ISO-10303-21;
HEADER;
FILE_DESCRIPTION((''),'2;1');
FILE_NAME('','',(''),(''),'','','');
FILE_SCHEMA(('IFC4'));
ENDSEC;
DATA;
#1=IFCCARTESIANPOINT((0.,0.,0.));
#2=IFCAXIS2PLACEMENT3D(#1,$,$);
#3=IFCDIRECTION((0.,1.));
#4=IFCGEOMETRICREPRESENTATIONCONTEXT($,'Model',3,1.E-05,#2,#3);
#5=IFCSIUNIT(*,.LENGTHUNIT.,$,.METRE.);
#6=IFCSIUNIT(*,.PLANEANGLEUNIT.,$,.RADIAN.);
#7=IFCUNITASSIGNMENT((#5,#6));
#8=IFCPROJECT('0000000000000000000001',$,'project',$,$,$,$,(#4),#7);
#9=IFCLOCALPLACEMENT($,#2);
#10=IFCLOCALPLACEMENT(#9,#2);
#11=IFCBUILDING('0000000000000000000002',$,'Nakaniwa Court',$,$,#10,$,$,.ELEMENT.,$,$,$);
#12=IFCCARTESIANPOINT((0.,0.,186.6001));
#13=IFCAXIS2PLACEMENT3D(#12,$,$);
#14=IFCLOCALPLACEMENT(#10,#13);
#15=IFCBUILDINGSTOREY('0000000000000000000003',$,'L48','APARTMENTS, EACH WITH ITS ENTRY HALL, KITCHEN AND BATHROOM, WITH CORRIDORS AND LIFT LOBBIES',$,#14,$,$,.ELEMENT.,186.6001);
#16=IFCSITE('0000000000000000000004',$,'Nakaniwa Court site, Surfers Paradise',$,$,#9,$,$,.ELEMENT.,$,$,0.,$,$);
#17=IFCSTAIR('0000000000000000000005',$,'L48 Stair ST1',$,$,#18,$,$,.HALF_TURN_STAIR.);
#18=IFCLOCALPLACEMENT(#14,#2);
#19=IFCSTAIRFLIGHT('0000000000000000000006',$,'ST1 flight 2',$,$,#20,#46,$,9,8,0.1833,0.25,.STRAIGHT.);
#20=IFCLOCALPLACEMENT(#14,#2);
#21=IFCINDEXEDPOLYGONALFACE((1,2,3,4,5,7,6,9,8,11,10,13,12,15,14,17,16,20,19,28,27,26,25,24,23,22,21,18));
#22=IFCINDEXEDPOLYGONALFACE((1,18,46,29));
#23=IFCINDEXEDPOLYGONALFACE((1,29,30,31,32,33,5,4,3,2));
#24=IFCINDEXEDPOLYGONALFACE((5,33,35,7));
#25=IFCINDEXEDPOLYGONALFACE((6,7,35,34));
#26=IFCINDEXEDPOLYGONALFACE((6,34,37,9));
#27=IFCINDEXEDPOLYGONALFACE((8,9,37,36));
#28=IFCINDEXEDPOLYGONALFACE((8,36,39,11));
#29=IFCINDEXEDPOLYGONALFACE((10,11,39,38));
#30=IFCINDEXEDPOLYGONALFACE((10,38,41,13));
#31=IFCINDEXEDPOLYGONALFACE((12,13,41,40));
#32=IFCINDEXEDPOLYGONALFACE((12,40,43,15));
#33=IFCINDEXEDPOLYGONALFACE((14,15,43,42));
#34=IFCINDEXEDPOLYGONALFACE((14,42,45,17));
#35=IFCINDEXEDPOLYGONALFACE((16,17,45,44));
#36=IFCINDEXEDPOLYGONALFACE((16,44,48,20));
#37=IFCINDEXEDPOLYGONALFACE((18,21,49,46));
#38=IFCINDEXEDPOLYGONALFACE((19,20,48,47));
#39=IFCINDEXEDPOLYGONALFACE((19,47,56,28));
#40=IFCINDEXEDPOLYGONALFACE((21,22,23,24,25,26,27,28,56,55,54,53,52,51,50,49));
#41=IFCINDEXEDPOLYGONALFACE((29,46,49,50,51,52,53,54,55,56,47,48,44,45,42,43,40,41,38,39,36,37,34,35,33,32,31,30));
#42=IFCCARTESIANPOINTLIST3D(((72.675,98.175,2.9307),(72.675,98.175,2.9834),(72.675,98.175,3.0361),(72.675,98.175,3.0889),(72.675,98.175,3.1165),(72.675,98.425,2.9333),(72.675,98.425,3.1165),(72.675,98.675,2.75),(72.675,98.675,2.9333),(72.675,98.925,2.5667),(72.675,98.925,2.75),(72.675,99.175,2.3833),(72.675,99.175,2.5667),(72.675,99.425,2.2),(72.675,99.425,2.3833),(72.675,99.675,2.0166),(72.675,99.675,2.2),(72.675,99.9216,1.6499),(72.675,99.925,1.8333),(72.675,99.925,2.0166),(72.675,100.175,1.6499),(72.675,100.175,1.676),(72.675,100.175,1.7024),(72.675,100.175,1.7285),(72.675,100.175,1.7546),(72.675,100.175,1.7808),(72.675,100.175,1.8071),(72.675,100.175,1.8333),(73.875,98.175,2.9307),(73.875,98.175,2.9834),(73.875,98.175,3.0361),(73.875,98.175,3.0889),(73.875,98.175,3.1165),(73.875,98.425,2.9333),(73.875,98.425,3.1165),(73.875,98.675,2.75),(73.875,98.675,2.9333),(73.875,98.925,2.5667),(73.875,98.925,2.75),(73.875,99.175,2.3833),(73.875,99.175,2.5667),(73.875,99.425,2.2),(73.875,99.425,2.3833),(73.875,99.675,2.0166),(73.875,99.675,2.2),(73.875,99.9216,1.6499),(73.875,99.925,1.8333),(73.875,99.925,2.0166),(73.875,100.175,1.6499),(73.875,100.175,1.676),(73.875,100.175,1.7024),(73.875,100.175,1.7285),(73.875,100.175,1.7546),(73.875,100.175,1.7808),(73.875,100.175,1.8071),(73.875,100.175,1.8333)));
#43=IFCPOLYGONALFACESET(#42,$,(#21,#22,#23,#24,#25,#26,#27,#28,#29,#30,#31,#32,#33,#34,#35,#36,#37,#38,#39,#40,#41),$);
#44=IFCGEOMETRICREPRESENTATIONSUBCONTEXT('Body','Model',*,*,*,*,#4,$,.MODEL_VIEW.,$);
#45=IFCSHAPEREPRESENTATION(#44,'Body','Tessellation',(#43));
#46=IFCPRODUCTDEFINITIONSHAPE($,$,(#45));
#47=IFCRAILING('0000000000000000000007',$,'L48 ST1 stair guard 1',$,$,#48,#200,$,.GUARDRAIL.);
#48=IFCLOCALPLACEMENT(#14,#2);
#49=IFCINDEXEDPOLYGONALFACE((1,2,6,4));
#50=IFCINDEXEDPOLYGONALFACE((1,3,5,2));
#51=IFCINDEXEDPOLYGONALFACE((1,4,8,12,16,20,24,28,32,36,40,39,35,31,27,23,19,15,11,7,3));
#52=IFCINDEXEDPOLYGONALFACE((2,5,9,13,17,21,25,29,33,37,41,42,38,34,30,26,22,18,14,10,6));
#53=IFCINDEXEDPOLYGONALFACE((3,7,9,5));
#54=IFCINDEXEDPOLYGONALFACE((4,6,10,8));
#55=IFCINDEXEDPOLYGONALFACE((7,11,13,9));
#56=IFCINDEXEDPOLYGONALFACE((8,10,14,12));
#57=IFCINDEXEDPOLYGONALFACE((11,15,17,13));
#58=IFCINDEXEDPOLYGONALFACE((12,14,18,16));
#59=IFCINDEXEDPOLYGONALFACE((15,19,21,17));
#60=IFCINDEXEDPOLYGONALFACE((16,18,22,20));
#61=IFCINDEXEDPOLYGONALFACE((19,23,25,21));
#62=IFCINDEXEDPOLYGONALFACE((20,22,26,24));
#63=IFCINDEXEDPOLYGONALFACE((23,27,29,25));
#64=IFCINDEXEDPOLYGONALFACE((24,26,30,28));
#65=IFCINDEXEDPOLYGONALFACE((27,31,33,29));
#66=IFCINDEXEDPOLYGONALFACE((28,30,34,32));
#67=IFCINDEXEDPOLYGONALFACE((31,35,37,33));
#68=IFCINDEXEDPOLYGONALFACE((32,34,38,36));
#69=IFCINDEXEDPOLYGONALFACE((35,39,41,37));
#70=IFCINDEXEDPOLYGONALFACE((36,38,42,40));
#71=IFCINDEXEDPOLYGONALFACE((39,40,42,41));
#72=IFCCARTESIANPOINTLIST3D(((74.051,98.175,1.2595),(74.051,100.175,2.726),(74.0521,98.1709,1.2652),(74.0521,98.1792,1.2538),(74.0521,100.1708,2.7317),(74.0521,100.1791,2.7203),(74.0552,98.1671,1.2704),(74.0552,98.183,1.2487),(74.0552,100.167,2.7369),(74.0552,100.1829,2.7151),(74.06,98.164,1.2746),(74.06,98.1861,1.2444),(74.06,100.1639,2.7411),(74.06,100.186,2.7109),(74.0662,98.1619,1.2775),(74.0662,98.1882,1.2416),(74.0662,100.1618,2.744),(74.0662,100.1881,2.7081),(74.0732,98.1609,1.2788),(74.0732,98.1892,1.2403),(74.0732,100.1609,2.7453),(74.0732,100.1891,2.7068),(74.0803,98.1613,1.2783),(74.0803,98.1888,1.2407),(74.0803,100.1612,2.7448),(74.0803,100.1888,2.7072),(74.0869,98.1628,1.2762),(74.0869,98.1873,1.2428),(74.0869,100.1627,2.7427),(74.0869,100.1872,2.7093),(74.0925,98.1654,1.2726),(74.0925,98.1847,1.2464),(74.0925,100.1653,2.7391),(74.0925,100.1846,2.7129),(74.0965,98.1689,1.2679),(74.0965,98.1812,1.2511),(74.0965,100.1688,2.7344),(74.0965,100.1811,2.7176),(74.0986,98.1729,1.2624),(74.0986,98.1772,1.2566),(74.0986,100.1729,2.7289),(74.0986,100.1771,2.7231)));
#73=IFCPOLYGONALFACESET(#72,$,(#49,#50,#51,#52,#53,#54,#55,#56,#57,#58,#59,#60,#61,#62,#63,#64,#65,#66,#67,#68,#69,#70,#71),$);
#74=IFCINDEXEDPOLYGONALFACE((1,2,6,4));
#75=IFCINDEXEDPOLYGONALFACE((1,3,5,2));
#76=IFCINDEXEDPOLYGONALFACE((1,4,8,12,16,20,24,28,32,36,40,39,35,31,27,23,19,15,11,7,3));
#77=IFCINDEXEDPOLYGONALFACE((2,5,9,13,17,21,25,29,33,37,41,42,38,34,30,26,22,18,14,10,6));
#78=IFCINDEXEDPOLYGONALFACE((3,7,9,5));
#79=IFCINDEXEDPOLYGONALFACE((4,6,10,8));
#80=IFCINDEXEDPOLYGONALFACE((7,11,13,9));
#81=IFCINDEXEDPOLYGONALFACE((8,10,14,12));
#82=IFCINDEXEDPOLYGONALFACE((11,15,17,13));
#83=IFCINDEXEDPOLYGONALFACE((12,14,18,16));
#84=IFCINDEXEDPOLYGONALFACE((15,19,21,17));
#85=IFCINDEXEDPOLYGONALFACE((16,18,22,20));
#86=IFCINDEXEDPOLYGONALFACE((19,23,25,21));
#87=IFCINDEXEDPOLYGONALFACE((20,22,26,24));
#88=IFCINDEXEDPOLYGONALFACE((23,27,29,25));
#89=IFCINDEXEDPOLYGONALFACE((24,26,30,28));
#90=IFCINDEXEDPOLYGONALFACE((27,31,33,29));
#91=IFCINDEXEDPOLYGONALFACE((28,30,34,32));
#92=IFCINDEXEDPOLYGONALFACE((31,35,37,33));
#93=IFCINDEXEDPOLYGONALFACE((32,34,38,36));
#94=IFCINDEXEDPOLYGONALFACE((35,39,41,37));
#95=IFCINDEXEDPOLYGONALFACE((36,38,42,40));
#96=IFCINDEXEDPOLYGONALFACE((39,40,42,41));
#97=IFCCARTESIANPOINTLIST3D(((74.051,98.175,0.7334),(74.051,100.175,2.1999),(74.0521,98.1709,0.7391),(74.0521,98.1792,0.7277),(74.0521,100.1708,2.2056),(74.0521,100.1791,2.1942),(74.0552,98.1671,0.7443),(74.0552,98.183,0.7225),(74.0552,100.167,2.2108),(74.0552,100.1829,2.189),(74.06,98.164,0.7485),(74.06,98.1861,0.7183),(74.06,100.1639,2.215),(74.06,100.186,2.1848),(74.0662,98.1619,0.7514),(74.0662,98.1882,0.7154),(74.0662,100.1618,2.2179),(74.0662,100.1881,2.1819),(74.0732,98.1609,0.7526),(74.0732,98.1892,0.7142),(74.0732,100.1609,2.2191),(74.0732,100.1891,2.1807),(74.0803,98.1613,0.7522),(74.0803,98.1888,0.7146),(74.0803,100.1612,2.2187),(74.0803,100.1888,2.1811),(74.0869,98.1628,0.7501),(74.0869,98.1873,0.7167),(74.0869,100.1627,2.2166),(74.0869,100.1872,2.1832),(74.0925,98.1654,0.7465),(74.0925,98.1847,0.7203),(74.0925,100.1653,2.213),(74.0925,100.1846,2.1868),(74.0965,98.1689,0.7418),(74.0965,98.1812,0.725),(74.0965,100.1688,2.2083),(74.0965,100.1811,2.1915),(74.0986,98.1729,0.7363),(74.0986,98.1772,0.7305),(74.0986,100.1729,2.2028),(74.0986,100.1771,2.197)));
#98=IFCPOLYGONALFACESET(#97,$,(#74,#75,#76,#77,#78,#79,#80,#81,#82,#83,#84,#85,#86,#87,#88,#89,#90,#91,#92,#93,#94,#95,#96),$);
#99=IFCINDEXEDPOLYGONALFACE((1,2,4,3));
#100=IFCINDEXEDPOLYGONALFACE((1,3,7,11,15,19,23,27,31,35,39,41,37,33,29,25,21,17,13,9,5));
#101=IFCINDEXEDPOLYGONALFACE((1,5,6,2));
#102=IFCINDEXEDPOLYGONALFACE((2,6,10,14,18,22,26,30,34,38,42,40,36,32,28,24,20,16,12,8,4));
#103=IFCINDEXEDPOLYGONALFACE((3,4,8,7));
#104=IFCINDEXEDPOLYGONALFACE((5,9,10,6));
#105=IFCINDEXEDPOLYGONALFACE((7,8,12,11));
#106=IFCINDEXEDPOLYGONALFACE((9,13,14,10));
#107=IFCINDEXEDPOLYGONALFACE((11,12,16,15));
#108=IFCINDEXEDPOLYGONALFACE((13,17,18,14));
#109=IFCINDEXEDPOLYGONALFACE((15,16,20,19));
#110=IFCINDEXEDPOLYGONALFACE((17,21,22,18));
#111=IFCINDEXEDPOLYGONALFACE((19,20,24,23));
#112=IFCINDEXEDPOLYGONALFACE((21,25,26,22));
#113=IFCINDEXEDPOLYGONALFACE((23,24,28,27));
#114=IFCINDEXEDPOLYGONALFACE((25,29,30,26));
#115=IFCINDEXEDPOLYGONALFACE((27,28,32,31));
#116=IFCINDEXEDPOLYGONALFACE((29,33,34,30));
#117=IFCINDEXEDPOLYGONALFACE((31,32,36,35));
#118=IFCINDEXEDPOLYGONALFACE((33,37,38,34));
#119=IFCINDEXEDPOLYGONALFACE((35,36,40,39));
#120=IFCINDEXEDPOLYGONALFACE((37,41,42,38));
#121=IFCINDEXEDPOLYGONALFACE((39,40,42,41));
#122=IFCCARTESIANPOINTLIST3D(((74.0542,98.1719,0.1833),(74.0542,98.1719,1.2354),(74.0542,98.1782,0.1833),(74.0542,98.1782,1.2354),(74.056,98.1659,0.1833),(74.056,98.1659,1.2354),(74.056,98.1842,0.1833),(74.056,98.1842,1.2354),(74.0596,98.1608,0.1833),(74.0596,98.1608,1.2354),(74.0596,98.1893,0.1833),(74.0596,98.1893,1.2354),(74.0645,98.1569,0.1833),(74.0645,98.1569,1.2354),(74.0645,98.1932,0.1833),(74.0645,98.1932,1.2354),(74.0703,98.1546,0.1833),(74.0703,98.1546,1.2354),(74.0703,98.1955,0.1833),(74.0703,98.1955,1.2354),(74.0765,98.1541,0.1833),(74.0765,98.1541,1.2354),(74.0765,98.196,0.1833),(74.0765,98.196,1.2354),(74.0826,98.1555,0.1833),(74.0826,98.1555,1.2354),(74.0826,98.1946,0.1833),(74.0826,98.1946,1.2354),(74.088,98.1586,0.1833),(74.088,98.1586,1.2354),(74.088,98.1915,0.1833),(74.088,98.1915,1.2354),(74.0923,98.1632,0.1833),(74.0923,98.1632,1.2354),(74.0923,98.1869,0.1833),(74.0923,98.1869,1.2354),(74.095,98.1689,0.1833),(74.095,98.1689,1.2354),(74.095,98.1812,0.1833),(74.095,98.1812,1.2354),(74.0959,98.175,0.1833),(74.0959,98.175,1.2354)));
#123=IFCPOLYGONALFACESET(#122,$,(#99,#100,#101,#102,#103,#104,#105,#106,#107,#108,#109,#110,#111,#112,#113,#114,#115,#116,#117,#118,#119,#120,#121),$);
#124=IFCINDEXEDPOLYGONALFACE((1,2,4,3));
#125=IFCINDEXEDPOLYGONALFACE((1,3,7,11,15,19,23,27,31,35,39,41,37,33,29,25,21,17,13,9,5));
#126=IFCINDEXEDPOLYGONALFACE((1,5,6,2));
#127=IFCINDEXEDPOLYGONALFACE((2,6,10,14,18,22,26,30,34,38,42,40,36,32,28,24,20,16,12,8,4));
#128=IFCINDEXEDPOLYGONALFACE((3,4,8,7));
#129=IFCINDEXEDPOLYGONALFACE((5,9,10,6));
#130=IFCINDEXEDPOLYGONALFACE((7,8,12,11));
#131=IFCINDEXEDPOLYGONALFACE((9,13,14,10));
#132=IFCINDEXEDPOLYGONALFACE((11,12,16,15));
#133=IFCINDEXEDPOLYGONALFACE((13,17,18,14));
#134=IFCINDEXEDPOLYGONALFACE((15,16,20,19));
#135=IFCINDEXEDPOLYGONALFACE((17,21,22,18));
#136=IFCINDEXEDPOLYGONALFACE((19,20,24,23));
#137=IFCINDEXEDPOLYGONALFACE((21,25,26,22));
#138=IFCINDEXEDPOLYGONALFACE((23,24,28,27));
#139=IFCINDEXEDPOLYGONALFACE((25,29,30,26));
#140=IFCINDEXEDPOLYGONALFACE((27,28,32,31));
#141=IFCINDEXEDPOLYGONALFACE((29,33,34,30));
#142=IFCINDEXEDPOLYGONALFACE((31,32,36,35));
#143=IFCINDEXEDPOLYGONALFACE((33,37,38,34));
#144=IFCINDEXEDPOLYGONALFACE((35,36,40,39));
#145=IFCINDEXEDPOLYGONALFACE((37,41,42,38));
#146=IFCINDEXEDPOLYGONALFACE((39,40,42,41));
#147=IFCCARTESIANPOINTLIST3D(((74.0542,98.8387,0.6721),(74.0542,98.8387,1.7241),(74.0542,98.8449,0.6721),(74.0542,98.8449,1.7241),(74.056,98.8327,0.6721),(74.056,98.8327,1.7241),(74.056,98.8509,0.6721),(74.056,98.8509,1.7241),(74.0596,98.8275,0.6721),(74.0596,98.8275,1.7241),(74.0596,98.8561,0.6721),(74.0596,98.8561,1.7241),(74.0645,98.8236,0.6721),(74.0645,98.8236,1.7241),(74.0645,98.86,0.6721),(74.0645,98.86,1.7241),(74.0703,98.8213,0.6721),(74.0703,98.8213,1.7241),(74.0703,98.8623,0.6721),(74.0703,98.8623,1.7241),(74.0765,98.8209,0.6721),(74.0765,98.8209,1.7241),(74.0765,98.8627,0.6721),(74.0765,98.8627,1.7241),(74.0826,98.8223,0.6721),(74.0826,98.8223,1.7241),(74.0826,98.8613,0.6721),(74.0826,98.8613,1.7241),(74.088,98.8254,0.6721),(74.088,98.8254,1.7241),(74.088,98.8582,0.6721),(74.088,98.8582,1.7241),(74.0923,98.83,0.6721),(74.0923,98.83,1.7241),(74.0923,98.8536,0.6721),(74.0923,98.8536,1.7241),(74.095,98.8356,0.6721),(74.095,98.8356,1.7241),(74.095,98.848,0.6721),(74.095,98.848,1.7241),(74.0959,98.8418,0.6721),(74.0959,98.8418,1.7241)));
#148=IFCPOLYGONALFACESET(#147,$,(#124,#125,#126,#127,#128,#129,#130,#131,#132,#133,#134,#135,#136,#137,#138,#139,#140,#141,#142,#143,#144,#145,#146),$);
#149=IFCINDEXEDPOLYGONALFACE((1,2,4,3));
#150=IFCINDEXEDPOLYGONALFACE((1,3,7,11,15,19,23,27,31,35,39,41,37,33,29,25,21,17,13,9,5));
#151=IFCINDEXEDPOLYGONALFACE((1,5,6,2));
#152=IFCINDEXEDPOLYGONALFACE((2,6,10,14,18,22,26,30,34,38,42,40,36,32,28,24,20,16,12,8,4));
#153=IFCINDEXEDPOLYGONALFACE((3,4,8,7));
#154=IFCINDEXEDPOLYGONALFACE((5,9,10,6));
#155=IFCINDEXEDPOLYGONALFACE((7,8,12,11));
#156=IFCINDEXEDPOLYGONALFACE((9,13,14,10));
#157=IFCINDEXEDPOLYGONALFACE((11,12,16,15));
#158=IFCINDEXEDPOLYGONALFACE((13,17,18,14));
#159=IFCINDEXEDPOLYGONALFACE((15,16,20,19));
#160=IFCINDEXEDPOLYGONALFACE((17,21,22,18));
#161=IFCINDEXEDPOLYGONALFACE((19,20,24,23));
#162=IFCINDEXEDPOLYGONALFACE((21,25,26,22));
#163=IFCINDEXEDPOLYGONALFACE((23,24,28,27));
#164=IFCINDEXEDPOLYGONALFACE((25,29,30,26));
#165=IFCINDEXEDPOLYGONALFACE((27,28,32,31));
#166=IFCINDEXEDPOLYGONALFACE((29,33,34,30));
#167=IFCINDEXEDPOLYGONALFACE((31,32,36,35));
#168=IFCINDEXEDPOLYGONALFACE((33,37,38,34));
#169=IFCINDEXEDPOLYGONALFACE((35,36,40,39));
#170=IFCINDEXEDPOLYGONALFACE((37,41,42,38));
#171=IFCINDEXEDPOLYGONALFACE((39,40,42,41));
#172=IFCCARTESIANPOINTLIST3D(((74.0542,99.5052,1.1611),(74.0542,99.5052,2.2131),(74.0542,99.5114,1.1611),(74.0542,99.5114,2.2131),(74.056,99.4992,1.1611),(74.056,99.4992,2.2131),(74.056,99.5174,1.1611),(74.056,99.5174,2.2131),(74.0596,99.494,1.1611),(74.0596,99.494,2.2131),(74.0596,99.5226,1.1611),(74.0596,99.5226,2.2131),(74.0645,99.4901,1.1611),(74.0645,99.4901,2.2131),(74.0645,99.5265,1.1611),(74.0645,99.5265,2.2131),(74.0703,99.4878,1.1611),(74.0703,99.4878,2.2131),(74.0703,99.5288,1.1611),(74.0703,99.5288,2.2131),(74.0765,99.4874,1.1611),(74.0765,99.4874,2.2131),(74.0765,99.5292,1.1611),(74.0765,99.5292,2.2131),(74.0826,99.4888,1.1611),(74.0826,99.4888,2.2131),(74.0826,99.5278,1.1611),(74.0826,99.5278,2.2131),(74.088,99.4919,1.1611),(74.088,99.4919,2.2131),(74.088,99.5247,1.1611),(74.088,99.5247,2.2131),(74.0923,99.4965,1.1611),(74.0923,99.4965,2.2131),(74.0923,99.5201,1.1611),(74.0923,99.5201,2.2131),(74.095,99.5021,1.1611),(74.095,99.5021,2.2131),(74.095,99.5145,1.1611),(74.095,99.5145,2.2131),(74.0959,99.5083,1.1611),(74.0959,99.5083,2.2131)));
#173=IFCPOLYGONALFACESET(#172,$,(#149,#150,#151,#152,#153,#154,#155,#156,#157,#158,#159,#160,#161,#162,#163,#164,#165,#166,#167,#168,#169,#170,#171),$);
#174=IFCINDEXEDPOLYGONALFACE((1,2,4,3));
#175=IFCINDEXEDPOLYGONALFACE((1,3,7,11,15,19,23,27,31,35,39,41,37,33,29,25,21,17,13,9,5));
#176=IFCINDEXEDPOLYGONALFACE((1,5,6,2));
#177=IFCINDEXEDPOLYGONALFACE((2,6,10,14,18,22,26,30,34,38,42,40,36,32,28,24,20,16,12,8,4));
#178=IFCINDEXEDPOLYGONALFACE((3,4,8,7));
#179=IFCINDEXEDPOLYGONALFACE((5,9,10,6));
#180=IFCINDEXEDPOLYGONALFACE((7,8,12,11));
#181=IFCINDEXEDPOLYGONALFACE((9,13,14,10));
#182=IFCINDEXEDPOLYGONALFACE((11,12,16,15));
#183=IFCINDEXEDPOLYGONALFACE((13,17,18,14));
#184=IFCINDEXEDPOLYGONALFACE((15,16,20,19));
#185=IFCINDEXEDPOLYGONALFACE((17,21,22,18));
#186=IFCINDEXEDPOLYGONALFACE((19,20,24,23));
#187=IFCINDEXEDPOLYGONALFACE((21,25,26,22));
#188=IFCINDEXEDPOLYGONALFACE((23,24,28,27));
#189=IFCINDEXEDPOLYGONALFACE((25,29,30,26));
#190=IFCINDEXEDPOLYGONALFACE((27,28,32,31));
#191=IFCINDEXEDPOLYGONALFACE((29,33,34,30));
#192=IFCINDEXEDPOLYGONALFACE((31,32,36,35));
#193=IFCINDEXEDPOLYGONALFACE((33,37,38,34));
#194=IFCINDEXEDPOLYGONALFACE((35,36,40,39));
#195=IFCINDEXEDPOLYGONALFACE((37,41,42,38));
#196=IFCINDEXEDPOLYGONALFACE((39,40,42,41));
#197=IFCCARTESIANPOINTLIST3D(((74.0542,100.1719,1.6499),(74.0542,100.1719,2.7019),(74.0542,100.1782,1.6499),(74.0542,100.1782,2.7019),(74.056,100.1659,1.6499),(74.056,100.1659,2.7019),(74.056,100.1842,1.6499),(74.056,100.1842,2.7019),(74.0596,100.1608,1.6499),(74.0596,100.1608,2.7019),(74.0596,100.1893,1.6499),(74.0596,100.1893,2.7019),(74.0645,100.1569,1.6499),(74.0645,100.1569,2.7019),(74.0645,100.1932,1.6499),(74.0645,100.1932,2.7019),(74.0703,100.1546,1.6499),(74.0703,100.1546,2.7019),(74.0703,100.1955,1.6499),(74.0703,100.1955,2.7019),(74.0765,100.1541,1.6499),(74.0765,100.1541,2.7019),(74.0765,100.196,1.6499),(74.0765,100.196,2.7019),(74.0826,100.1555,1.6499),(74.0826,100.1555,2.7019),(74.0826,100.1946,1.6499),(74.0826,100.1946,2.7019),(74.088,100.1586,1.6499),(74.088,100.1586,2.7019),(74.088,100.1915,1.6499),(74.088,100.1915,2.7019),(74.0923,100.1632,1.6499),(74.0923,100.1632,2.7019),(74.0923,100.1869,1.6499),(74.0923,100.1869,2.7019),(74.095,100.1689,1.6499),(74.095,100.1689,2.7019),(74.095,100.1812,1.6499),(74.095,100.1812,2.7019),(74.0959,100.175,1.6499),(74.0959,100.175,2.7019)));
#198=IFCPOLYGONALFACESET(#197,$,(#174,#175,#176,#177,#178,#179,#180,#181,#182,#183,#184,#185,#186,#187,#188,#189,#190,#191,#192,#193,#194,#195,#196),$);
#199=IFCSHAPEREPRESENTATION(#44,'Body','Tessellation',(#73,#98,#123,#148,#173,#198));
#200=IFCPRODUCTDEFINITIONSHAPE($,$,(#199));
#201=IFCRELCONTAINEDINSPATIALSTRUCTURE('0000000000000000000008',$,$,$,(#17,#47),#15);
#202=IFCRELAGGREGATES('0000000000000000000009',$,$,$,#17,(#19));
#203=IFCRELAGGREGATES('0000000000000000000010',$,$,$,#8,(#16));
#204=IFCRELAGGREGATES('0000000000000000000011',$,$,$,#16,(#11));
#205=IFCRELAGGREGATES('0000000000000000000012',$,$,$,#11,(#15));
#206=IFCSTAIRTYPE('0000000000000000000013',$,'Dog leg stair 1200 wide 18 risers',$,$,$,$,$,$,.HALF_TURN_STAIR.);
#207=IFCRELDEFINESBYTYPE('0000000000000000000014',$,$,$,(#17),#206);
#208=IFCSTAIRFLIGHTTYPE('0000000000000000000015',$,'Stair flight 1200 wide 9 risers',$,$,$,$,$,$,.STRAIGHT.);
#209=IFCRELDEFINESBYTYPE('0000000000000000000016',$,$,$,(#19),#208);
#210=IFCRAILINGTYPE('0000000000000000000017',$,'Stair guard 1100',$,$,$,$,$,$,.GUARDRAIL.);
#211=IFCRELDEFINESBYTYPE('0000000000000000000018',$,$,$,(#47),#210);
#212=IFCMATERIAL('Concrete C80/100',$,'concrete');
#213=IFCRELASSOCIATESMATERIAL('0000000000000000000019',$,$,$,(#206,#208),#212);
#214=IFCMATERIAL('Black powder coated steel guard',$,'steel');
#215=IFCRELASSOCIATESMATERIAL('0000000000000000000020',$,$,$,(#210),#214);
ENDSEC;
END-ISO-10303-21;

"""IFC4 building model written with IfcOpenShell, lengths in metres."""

from ifc_helpers import new_model, si_unit, direction, frame, origin, origin_2d, place, context, subcontext, project, spatial, polyline, circle, outline, extrude, material, type_object, element, aggregate, save


model = new_model("IFC4")

# Units and contexts
model_context = context("Model", 3, precision=1e-05, world=origin(), true_north=direction((0.0, 1.0)))
body_context = subcontext(model_context, "Body", "Model", "MODEL_VIEW")
ifc_project = project(units=[si_unit("LENGTHUNIT", "METRE"), si_unit("PLANEANGLEUNIT", "RADIAN")], contexts=[model_context])

# Site, building, storey
site_placement = place(None, origin())
site = spatial("IfcSite", under=ifc_project, at=site_placement, Name="Nakaniwa Court site, Surfers Paradise", CompositionType="ELEMENT", RefElevation=0.0)
building_placement = place(site_placement, origin())
building = spatial("IfcBuilding", under=site, at=building_placement, Name="Nakaniwa Court", CompositionType="ELEMENT")
storey_placement = place(building_placement, frame((0.0, 0.0, 186.6001)))
storey = spatial("IfcBuildingStorey", under=building, at=storey_placement, Name="L48", Description="APARTMENTS, EACH WITH ITS ENTRY HALL, KITCHEN AND BATHROOM, WITH CORRIDORS AND LIFT LOBBIES", CompositionType="ELEMENT", Elevation=186.6001)

# Shared definitions
ifc_material_1 = material(Name="Concrete C80/100", Category="concrete")

# Stair, stair flight
stair_type = type_object("IfcStairType", Name="Dog leg stair 1200 wide 18 risers", PredefinedType="HALF_TURN_STAIR", material=ifc_material_1)
stair_placement = place(storey_placement, origin())
stair = element("IfcStair", 1, at=stair_placement, inside=storey, type_object=stair_type, Name="L48 Stair ST1", PredefinedType="HALF_TURN_STAIR")
stair_flight_type = type_object("IfcStairFlightType", Name="Stair flight 1200 wide 9 risers", PredefinedType="STRAIGHT", material=ifc_material_1)
stair_flight_1_placement = place(storey_placement, frame((73.2749, 100.175, 1.6499), z_axis=(0.0, 0.0, 1.0), x_axis=(0.0, -1.0, 0.0)))
stair_flight_1 = element("IfcStairFlight", 2, at=stair_flight_1_placement, type_object=stair_flight_type, Name="ST1 flight 2", NumberOfRisers=9, NumberOfTreads=8, PredefinedType="STRAIGHT", RiserHeight=0.1833, TreadLength=0.25, context=body_context, shape_type="SweptSolid", body=[
    extrude(outline(polyline([(0.0, 0.0), (0.0, 0.0261), (0.0, 0.0525), (0.0, 0.0786), (0.0, 0.1047), (0.0, 0.1309), (0.0, 0.1572), (0.0, 0.1833), (0.25, 0.1833), (0.25, 0.3667), (0.5, 0.3667), (0.5, 0.55), (0.75, 0.55), (0.75, 0.7334), (1.0, 0.7334), (1.0, 0.9167), (1.25, 0.9167), (1.25, 1.1001), (1.5, 1.1001), (1.5, 1.2834), (1.75, 1.2834), (1.75, 1.4666), (2.0, 1.4666), (2.0, 1.6499), (2.0, 1.5972), (2.0, 1.5444), (2.0, 1.4917), (2.0, 1.439), (2.0, 1.3862), (2.0, 1.3335), (2.0, 1.2808), (0.2534, 0.0), (0.0, 0.0)])), frame((0.0, 0.6001, 0.0), z_axis=(0.0, -1.0, 0.0), x_axis=(1.0, 0.0, 0.0)), (0.0, 0.0, 1.0), 1.2),
])
aggregate(stair, [stair_flight_1])

# Railing
ifc_material_2 = material(Name="Black powder coated steel guard", Category="steel")
railing_type_1 = type_object("IfcRailingType", Name="Stair guard 1100", PredefinedType="GUARDRAIL", material=ifc_material_2)
railing_1_placement = place(storey_placement, frame((74.075, 98.175, 0.1833)))
element("IfcRailing", 3, at=railing_1_placement, inside=storey, type_object=railing_type_1, Name="L48 ST1 stair guard 1", PredefinedType="GUARDRAIL", context=body_context, shape_type="SweptSolid", body=[
    extrude(circle(Radius=0.0239, at=origin_2d()), frame((0.0, 0.0, 1.0762), z_axis=(0.0, 0.806427, 0.591334), x_axis=(-1.0, 0.0, 0.0)), (0.0, 0.0, 1.0), 2.48),
    extrude(circle(Radius=0.0239, at=origin_2d()), frame((0.0, 0.0, 0.55), z_axis=(0.0, 0.806427, 0.591334), x_axis=(-1.0, 0.0, 0.0)), (0.0, 0.0, 1.0), 2.48),
    extrude(circle(Radius=0.021, at=origin_2d()), origin(), (0.0, 0.0, 1.0), 1.052),
    extrude(circle(Radius=0.021, at=origin_2d()), frame((0.0, 0.6667, 0.4888)), (0.0, 0.0, 1.0), 1.052),
    extrude(circle(Radius=0.021, at=origin_2d()), frame((0.0, 1.3333, 0.9778)), (0.0, 0.0, 1.0), 1.052),
    extrude(circle(Radius=0.021, at=origin_2d()), frame((0.0, 2.0, 1.4666)), (0.0, 0.0, 1.0), 1.052),
])

save(model, "model.ifc")
